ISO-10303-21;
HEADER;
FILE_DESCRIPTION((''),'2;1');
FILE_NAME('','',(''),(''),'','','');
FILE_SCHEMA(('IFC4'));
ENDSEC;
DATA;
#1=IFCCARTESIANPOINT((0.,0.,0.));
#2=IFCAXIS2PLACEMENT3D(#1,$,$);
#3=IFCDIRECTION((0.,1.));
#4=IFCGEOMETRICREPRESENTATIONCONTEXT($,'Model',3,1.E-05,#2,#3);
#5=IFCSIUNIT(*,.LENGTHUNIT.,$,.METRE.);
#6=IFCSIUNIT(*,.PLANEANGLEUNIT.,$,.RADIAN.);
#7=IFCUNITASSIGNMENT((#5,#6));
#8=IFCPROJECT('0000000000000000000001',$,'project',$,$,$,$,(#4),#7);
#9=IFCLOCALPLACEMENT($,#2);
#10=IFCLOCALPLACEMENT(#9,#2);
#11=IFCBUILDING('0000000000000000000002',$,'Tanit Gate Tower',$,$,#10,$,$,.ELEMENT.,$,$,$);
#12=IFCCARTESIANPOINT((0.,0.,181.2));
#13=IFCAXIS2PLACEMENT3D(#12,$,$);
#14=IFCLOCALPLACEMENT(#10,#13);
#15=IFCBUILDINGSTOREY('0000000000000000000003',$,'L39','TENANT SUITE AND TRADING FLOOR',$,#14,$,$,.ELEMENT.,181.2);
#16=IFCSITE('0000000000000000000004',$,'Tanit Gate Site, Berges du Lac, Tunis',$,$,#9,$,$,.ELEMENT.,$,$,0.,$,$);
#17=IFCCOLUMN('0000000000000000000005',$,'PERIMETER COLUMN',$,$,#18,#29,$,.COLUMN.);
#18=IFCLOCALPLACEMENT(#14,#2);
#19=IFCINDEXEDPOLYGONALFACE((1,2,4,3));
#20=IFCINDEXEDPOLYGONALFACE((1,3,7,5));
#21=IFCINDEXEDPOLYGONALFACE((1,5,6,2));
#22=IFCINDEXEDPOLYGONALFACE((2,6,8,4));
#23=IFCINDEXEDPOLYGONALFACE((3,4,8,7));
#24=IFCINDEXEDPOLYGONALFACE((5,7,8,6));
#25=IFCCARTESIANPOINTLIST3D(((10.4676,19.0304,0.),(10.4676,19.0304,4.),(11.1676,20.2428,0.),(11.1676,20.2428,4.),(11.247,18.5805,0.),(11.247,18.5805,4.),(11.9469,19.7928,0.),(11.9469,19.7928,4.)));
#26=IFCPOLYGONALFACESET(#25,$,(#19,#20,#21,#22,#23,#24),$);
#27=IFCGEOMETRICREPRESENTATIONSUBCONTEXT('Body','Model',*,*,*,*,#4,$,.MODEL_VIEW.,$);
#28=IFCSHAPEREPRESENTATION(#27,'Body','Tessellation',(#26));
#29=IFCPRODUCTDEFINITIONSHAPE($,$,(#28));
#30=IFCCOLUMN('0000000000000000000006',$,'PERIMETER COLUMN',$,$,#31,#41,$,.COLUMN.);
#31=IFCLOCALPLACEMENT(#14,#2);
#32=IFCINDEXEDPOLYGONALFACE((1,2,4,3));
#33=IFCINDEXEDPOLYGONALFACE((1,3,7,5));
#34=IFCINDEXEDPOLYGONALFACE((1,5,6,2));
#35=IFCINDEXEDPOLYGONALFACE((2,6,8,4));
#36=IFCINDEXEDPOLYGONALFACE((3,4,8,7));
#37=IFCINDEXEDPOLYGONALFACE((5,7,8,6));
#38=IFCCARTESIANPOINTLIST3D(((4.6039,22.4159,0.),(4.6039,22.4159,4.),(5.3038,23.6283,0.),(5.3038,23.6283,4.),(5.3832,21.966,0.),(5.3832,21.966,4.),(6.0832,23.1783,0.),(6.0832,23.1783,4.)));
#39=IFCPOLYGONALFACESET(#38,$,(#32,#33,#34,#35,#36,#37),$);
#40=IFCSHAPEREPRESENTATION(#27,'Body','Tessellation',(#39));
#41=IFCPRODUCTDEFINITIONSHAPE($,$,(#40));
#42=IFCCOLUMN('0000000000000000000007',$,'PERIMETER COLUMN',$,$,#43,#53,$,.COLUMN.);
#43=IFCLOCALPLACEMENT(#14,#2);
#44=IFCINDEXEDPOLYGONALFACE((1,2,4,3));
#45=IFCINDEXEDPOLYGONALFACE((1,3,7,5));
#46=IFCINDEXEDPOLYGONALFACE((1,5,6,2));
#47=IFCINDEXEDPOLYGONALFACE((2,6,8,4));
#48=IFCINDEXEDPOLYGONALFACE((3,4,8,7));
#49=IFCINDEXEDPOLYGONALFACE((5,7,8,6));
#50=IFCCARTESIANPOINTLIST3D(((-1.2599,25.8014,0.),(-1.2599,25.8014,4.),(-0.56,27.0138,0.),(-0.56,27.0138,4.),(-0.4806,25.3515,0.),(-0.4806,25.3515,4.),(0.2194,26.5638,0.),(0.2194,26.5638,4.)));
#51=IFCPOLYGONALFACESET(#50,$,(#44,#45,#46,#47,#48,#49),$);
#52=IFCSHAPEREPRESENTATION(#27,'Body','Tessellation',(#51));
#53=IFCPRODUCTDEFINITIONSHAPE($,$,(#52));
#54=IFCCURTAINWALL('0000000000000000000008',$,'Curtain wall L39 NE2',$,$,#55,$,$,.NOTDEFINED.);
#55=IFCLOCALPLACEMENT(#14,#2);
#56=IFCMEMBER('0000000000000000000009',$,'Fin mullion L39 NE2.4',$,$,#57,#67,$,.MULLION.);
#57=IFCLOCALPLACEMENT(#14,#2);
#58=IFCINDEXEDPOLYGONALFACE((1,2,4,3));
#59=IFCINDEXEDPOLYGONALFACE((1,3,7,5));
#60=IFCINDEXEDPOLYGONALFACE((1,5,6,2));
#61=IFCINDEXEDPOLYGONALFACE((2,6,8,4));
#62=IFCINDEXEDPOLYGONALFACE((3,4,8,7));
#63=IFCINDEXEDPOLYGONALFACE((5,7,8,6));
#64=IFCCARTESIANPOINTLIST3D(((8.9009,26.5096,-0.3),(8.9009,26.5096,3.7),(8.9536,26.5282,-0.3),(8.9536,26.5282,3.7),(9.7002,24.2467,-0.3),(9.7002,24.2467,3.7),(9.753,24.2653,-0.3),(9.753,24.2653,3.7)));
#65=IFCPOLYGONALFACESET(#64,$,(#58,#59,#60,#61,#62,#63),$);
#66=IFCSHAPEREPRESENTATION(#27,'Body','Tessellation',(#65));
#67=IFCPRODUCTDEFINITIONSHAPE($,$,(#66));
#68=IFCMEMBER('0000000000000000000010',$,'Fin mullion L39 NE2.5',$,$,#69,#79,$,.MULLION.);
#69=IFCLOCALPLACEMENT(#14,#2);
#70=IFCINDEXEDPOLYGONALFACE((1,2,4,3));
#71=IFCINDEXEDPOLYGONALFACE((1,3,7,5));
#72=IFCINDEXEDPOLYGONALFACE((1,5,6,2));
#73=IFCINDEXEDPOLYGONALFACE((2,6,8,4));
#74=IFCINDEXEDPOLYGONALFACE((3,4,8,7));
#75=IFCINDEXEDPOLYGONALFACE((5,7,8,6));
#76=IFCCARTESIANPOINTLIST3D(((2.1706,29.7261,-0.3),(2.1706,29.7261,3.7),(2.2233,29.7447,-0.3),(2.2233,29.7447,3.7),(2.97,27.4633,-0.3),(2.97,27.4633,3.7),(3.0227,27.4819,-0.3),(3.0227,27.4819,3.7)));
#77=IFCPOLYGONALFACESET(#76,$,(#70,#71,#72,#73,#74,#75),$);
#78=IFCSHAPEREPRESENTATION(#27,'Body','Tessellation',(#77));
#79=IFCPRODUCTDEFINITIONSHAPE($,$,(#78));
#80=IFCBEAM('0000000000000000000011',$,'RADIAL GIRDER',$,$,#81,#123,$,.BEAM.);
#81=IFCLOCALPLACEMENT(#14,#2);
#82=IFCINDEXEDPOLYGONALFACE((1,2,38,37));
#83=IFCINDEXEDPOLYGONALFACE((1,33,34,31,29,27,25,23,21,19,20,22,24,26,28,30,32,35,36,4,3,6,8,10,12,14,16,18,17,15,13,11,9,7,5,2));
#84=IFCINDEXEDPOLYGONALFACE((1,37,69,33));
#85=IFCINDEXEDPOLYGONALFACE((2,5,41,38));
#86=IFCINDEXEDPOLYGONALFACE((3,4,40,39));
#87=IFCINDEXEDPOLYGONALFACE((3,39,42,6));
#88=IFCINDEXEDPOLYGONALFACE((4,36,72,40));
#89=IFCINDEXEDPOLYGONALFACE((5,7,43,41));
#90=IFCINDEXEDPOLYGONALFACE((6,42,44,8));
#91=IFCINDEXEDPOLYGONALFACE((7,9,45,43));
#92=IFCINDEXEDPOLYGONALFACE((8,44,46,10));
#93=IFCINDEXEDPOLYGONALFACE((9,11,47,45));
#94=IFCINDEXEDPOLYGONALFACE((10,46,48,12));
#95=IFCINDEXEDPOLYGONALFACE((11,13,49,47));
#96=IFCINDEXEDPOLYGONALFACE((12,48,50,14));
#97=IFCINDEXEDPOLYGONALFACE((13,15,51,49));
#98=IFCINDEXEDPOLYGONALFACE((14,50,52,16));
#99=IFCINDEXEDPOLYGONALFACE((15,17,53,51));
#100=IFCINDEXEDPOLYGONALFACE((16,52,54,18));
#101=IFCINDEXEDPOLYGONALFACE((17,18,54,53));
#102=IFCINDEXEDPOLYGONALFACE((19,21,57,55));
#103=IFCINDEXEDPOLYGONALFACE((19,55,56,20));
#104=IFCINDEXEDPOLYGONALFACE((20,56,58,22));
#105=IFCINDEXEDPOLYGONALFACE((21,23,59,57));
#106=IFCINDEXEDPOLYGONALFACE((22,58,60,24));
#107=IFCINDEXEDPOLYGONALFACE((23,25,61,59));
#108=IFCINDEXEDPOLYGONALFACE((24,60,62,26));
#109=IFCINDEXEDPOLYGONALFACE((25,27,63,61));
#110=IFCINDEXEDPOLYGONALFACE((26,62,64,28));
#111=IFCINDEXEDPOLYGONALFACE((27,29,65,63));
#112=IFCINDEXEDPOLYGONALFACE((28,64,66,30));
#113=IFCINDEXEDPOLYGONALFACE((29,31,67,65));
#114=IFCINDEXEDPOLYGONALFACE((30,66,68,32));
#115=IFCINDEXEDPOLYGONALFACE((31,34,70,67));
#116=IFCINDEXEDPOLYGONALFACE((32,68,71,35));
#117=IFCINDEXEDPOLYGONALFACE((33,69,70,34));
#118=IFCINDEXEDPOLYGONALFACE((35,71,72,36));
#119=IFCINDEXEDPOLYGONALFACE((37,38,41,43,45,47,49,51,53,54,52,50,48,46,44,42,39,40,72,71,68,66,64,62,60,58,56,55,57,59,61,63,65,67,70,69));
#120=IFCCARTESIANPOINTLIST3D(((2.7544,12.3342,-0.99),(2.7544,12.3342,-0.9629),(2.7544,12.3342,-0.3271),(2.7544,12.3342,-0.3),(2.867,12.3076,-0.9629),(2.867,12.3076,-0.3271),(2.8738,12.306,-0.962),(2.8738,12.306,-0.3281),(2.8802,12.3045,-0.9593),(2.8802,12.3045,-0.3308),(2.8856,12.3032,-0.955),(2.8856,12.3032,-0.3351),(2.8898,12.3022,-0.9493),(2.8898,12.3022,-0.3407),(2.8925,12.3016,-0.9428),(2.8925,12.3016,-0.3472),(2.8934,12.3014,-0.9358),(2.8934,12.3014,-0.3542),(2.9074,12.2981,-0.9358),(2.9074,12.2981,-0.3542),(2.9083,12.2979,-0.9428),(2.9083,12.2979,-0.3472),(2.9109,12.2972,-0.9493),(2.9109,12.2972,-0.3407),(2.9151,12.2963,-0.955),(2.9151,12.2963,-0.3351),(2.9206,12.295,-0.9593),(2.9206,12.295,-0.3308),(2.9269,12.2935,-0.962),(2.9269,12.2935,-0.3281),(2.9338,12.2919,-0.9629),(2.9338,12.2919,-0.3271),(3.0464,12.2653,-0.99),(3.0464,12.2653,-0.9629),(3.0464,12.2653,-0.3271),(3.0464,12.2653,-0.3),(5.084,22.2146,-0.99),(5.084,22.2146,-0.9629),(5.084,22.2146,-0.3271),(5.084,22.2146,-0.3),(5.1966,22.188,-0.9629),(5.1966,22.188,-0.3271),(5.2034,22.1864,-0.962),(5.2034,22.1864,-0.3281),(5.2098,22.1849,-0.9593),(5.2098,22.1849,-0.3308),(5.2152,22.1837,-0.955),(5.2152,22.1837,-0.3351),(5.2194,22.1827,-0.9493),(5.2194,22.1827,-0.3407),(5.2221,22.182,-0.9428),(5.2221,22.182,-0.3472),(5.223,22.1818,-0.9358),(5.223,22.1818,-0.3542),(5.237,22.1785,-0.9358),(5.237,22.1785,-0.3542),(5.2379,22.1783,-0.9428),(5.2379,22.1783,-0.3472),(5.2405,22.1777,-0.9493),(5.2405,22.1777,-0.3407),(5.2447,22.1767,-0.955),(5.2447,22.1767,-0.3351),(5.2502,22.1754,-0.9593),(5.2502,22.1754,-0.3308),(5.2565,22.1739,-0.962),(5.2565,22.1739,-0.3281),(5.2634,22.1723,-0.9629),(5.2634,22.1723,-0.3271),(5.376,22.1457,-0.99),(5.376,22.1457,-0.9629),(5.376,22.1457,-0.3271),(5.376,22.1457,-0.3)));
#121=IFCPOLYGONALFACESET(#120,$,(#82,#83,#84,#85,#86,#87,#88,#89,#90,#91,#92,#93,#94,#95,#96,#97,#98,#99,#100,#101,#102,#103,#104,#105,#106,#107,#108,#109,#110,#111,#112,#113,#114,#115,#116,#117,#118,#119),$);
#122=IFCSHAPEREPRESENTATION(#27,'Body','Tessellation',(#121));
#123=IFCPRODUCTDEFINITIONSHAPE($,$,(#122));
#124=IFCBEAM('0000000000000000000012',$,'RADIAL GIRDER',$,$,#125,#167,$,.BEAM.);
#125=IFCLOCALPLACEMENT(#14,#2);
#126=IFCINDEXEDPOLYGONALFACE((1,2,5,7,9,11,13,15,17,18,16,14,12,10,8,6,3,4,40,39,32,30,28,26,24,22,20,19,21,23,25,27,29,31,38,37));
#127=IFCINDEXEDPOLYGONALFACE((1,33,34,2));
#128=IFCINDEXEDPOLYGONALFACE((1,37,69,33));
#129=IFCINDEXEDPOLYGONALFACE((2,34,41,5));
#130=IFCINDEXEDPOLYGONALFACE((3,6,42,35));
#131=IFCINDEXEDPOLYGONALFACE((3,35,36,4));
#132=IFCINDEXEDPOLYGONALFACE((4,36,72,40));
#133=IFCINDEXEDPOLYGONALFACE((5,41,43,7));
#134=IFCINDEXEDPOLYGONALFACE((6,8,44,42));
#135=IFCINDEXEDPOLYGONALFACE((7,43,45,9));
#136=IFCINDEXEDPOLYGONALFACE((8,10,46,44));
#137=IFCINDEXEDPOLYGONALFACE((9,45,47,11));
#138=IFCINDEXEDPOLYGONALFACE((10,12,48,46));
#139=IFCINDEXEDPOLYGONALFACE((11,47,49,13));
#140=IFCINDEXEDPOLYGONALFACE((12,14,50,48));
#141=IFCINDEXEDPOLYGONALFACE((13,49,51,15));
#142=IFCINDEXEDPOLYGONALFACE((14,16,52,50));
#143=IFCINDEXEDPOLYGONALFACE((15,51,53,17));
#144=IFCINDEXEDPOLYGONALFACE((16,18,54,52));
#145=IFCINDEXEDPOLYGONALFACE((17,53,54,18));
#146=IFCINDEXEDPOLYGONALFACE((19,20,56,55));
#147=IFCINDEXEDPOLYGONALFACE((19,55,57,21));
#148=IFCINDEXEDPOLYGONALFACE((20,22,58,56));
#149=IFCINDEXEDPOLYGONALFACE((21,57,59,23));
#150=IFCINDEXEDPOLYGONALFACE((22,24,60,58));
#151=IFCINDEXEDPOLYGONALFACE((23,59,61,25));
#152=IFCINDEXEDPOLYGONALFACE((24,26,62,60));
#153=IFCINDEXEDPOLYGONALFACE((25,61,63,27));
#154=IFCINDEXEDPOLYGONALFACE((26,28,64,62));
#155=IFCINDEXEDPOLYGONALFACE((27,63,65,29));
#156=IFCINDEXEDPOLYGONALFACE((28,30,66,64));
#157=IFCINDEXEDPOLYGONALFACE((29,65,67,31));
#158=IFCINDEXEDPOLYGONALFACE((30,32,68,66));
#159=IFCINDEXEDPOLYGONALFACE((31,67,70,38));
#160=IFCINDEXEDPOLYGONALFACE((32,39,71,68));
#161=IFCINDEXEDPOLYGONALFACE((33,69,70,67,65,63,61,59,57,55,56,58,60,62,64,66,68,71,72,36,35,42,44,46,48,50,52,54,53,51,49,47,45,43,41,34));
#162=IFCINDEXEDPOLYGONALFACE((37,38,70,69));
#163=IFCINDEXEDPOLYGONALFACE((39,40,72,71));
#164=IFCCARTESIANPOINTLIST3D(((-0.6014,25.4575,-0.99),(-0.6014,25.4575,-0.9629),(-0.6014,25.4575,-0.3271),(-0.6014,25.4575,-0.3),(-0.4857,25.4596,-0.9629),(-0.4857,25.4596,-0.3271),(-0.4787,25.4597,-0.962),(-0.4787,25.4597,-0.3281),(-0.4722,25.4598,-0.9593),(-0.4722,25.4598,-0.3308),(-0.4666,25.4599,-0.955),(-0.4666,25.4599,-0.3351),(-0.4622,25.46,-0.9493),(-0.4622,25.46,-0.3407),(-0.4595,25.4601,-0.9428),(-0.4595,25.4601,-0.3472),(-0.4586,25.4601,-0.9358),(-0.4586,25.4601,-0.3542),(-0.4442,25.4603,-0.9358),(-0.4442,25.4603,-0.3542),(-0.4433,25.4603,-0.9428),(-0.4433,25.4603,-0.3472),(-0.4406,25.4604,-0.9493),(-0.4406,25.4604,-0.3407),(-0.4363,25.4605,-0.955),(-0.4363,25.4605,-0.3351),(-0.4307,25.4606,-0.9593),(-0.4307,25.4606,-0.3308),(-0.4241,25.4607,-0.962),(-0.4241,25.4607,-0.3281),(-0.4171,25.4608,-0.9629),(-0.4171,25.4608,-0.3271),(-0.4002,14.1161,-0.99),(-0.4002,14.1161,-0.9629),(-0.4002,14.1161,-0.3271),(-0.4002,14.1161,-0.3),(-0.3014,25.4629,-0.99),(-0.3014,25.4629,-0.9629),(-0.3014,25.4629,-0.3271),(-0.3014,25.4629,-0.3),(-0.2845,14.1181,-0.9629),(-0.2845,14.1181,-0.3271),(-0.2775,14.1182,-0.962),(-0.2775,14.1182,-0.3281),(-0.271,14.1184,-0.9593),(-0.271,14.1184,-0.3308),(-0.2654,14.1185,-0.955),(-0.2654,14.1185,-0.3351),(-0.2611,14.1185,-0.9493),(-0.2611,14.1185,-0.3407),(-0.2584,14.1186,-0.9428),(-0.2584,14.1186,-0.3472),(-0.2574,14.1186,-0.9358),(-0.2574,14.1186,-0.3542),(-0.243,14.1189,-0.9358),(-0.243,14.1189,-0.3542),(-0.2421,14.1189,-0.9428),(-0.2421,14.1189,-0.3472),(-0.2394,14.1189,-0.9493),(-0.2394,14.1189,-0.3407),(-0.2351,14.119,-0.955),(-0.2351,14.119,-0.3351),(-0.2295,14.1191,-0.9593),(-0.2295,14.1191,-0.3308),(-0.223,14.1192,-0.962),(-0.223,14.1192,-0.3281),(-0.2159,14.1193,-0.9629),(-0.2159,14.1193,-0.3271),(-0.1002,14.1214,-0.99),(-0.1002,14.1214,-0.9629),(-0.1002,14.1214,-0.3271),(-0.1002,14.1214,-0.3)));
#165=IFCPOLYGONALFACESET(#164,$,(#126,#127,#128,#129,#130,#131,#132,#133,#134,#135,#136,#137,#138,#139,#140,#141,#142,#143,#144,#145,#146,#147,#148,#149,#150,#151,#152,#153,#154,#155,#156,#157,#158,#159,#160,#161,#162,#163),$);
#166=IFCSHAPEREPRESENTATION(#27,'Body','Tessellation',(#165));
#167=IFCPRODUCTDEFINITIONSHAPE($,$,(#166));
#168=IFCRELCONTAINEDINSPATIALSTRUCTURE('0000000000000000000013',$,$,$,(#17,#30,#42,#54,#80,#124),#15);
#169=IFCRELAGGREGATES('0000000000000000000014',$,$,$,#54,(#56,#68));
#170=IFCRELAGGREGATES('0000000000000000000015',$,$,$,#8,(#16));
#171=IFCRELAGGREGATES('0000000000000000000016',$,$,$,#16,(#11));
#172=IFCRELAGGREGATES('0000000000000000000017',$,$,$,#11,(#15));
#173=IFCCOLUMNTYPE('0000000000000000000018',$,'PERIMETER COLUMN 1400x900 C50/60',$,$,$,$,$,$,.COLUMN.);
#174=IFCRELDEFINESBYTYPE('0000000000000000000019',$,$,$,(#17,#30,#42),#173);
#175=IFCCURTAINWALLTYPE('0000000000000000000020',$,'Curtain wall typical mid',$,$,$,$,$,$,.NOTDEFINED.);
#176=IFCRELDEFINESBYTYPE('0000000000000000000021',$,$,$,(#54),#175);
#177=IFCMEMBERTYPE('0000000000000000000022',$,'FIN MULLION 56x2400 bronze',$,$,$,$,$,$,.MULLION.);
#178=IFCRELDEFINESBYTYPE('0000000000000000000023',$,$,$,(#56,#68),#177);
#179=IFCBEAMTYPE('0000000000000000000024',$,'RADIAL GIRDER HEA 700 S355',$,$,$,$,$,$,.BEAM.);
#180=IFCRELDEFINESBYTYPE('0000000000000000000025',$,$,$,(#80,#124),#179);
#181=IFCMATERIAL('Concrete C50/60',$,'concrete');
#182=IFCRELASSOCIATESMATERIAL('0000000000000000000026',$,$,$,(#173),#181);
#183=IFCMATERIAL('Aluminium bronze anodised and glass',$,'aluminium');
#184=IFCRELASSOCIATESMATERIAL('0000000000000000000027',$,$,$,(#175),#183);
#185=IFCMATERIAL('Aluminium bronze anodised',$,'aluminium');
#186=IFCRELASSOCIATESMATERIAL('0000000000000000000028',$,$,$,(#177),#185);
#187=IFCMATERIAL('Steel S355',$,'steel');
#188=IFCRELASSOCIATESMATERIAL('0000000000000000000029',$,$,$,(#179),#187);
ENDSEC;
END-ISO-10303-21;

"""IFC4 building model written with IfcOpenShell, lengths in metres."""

from ifc_helpers import new_model, si_unit, direction, frame, origin, origin_2d, place, context, subcontext, project, spatial, rectangle, i_section, extrude, material, material_profile, profile_set, type_object, element, aggregate, save


model = new_model("IFC4")

# Units and contexts
model_context = context("Model", 3, precision=1e-05, world=origin(), true_north=direction((0.0, 1.0)))
body_context = subcontext(model_context, "Body", "Model", "MODEL_VIEW")
ifc_project = project(units=[si_unit("LENGTHUNIT", "METRE"), si_unit("PLANEANGLEUNIT", "RADIAN")], contexts=[model_context])

# Site, building, storey
site_placement = place(None, origin())
site = spatial("IfcSite", under=ifc_project, at=site_placement, Name="Tanit Gate Site, Berges du Lac, Tunis", CompositionType="ELEMENT", RefElevation=0.0)
building_placement = place(site_placement, origin())
building = spatial("IfcBuilding", under=site, at=building_placement, Name="Tanit Gate Tower", CompositionType="ELEMENT")
storey_placement = place(building_placement, frame((0.0, 0.0, 181.2)))
storey = spatial("IfcBuildingStorey", under=building, at=storey_placement, Name="L39", Description="TENANT SUITE AND TRADING FLOOR", CompositionType="ELEMENT", Elevation=181.2)

# Columns
ifc_material_1 = material(Name="Concrete C50/60", Category="concrete")
ifc_material_profile_1 = material_profile(ifc_material_1, rectangle(XDim=1.3999, YDim=0.8999, at=origin_2d()), Name="RC 1400x900")
ifc_profile_set_1 = profile_set([ifc_material_profile_1], Name="Concrete C50/60")
column_type = type_object("IfcColumnType", Name="PERIMETER COLUMN 1400x900 C50/60", PredefinedType="COLUMN", material=ifc_profile_set_1)
for number, where, z_axis, x_axis, name in (
    (1, (11.2073, 19.4116, 0.0), (0.0, 0.0, 1.0), (0.5, 0.866025, 0.0), "PERIMETER COLUMN"),
    (2, (5.3435, 22.7971, 0.0), (0.0, 0.0, 1.0), (0.5, 0.866025, 0.0), "PERIMETER COLUMN"),
    (3, (-0.5203, 26.1826, 0.0), (0.0, 0.0, 1.0), (0.5, 0.866025, 0.0), "PERIMETER COLUMN"),
):
    element("IfcColumn", number, at=place(storey_placement, frame(where, z_axis=z_axis, x_axis=x_axis)), inside=storey, type_object=column_type, Name=name, PredefinedType="COLUMN", context=body_context, shape_type="SweptSolid", body=[
        extrude(rectangle(XDim=1.3999, YDim=0.8999, at=origin_2d()), origin(), (0.0, 0.0, 1.0), 4.0),
    ])

# Curtain wall, members
ifc_material_2 = material(Name="Aluminium bronze anodised and glass", Category="aluminium")
curtain_wall_type = type_object("IfcCurtainWallType", Name="Curtain wall typical mid", PredefinedType="NOTDEFINED", material=ifc_material_2)
curtain_wall_placement = place(storey_placement, origin())
curtain_wall = element("IfcCurtainWall", 4, at=curtain_wall_placement, inside=storey, type_object=curtain_wall_type, Name="Curtain wall L39 NE2", PredefinedType="NOTDEFINED")
ifc_material_3 = material(Name="Aluminium bronze anodised", Category="aluminium")
ifc_material_profile_2 = material_profile(ifc_material_3, rectangle(XDim=2.3999, YDim=0.0559, at=origin_2d()), Name="56x2400 bronze fin mullion")
ifc_profile_set_2 = profile_set([ifc_material_profile_2], Name="Aluminium bronze anodised")
member_type_1 = type_object("IfcMemberType", Name="FIN MULLION 56x2400 bronze", PredefinedType="MULLION", material=ifc_profile_set_2)
member_1_placement = place(storey_placement, frame((9.3269, 25.3875, -0.3), z_axis=(0.0, 0.0, 1.0), x_axis=(0.33309, -0.942895, 0.0)))
member_1 = element("IfcMember", 5, at=member_1_placement, type_object=member_type_1, Name="Fin mullion L39 NE2.4", PredefinedType="MULLION", context=body_context, shape_type="SweptSolid", body=[
    extrude(rectangle(XDim=2.3999, YDim=0.0559, at=origin_2d()), origin(), (0.0, 0.0, 1.0), 4.0),
])
member_2_placement = place(storey_placement, frame((2.5967, 28.604, -0.3), z_axis=(0.0, 0.0, 1.0), x_axis=(0.33309, -0.942895, 0.0)))
member_2 = element("IfcMember", 6, at=member_2_placement, type_object=member_type_1, Name="Fin mullion L39 NE2.5", PredefinedType="MULLION", context=body_context, shape_type="SweptSolid", body=[
    extrude(rectangle(XDim=2.3999, YDim=0.0559, at=origin_2d()), origin(), (0.0, 0.0, 1.0), 4.0),
])

# Beams
ifc_material_4 = material(Name="Steel S355", Category="steel")
ifc_material_profile_3 = material_profile(ifc_material_4, i_section(OverallWidth=0.3, OverallDepth=0.6899, WebThickness=0.0144, FlangeThickness=0.0271, FilletRadius=0.0271, at=origin_2d()), Name="HEA 700")
ifc_profile_set_3 = profile_set([ifc_material_profile_3], Name="Steel S355")
beam_type_1 = type_object("IfcBeamType", Name="RADIAL GIRDER HEA 700 S355", PredefinedType="BEAM", material=ifc_profile_set_3)
beam_1_placement = place(storey_placement, frame((5.23, 22.1802, -0.645), z_axis=(-0.229487, -0.973312, 0.0), x_axis=(0.973312, -0.229487, 0.0)))
element("IfcBeam", 7, at=beam_1_placement, inside=storey, type_object=beam_type_1, Name="RADIAL GIRDER", PredefinedType="BEAM", context=body_context, shape_type="SweptSolid", body=[
    extrude(i_section(OverallWidth=0.3, OverallDepth=0.6899, WebThickness=0.0144, FlangeThickness=0.0271, FilletRadius=0.0271, at=origin_2d()), origin(), (0.0, 0.0, 1.0), 10.1514),
])
beam_2_placement = place(storey_placement, frame((-0.4514, 25.4602, -0.645), z_axis=(0.017735, -0.999843, 0.0), x_axis=(0.999843, 0.017735, 0.0)))
element("IfcBeam", 8, at=beam_2_placement, inside=storey, type_object=beam_type_1, Name="RADIAL GIRDER", PredefinedType="BEAM", context=body_context, shape_type="SweptSolid", body=[
    extrude(i_section(OverallWidth=0.3, OverallDepth=0.6899, WebThickness=0.0144, FlangeThickness=0.0271, FilletRadius=0.0271, at=origin_2d()), origin(), (0.0, 0.0, 1.0), 11.3433),
])

aggregate(curtain_wall, [member_1, member_2])

save(model, "model.ifc")
